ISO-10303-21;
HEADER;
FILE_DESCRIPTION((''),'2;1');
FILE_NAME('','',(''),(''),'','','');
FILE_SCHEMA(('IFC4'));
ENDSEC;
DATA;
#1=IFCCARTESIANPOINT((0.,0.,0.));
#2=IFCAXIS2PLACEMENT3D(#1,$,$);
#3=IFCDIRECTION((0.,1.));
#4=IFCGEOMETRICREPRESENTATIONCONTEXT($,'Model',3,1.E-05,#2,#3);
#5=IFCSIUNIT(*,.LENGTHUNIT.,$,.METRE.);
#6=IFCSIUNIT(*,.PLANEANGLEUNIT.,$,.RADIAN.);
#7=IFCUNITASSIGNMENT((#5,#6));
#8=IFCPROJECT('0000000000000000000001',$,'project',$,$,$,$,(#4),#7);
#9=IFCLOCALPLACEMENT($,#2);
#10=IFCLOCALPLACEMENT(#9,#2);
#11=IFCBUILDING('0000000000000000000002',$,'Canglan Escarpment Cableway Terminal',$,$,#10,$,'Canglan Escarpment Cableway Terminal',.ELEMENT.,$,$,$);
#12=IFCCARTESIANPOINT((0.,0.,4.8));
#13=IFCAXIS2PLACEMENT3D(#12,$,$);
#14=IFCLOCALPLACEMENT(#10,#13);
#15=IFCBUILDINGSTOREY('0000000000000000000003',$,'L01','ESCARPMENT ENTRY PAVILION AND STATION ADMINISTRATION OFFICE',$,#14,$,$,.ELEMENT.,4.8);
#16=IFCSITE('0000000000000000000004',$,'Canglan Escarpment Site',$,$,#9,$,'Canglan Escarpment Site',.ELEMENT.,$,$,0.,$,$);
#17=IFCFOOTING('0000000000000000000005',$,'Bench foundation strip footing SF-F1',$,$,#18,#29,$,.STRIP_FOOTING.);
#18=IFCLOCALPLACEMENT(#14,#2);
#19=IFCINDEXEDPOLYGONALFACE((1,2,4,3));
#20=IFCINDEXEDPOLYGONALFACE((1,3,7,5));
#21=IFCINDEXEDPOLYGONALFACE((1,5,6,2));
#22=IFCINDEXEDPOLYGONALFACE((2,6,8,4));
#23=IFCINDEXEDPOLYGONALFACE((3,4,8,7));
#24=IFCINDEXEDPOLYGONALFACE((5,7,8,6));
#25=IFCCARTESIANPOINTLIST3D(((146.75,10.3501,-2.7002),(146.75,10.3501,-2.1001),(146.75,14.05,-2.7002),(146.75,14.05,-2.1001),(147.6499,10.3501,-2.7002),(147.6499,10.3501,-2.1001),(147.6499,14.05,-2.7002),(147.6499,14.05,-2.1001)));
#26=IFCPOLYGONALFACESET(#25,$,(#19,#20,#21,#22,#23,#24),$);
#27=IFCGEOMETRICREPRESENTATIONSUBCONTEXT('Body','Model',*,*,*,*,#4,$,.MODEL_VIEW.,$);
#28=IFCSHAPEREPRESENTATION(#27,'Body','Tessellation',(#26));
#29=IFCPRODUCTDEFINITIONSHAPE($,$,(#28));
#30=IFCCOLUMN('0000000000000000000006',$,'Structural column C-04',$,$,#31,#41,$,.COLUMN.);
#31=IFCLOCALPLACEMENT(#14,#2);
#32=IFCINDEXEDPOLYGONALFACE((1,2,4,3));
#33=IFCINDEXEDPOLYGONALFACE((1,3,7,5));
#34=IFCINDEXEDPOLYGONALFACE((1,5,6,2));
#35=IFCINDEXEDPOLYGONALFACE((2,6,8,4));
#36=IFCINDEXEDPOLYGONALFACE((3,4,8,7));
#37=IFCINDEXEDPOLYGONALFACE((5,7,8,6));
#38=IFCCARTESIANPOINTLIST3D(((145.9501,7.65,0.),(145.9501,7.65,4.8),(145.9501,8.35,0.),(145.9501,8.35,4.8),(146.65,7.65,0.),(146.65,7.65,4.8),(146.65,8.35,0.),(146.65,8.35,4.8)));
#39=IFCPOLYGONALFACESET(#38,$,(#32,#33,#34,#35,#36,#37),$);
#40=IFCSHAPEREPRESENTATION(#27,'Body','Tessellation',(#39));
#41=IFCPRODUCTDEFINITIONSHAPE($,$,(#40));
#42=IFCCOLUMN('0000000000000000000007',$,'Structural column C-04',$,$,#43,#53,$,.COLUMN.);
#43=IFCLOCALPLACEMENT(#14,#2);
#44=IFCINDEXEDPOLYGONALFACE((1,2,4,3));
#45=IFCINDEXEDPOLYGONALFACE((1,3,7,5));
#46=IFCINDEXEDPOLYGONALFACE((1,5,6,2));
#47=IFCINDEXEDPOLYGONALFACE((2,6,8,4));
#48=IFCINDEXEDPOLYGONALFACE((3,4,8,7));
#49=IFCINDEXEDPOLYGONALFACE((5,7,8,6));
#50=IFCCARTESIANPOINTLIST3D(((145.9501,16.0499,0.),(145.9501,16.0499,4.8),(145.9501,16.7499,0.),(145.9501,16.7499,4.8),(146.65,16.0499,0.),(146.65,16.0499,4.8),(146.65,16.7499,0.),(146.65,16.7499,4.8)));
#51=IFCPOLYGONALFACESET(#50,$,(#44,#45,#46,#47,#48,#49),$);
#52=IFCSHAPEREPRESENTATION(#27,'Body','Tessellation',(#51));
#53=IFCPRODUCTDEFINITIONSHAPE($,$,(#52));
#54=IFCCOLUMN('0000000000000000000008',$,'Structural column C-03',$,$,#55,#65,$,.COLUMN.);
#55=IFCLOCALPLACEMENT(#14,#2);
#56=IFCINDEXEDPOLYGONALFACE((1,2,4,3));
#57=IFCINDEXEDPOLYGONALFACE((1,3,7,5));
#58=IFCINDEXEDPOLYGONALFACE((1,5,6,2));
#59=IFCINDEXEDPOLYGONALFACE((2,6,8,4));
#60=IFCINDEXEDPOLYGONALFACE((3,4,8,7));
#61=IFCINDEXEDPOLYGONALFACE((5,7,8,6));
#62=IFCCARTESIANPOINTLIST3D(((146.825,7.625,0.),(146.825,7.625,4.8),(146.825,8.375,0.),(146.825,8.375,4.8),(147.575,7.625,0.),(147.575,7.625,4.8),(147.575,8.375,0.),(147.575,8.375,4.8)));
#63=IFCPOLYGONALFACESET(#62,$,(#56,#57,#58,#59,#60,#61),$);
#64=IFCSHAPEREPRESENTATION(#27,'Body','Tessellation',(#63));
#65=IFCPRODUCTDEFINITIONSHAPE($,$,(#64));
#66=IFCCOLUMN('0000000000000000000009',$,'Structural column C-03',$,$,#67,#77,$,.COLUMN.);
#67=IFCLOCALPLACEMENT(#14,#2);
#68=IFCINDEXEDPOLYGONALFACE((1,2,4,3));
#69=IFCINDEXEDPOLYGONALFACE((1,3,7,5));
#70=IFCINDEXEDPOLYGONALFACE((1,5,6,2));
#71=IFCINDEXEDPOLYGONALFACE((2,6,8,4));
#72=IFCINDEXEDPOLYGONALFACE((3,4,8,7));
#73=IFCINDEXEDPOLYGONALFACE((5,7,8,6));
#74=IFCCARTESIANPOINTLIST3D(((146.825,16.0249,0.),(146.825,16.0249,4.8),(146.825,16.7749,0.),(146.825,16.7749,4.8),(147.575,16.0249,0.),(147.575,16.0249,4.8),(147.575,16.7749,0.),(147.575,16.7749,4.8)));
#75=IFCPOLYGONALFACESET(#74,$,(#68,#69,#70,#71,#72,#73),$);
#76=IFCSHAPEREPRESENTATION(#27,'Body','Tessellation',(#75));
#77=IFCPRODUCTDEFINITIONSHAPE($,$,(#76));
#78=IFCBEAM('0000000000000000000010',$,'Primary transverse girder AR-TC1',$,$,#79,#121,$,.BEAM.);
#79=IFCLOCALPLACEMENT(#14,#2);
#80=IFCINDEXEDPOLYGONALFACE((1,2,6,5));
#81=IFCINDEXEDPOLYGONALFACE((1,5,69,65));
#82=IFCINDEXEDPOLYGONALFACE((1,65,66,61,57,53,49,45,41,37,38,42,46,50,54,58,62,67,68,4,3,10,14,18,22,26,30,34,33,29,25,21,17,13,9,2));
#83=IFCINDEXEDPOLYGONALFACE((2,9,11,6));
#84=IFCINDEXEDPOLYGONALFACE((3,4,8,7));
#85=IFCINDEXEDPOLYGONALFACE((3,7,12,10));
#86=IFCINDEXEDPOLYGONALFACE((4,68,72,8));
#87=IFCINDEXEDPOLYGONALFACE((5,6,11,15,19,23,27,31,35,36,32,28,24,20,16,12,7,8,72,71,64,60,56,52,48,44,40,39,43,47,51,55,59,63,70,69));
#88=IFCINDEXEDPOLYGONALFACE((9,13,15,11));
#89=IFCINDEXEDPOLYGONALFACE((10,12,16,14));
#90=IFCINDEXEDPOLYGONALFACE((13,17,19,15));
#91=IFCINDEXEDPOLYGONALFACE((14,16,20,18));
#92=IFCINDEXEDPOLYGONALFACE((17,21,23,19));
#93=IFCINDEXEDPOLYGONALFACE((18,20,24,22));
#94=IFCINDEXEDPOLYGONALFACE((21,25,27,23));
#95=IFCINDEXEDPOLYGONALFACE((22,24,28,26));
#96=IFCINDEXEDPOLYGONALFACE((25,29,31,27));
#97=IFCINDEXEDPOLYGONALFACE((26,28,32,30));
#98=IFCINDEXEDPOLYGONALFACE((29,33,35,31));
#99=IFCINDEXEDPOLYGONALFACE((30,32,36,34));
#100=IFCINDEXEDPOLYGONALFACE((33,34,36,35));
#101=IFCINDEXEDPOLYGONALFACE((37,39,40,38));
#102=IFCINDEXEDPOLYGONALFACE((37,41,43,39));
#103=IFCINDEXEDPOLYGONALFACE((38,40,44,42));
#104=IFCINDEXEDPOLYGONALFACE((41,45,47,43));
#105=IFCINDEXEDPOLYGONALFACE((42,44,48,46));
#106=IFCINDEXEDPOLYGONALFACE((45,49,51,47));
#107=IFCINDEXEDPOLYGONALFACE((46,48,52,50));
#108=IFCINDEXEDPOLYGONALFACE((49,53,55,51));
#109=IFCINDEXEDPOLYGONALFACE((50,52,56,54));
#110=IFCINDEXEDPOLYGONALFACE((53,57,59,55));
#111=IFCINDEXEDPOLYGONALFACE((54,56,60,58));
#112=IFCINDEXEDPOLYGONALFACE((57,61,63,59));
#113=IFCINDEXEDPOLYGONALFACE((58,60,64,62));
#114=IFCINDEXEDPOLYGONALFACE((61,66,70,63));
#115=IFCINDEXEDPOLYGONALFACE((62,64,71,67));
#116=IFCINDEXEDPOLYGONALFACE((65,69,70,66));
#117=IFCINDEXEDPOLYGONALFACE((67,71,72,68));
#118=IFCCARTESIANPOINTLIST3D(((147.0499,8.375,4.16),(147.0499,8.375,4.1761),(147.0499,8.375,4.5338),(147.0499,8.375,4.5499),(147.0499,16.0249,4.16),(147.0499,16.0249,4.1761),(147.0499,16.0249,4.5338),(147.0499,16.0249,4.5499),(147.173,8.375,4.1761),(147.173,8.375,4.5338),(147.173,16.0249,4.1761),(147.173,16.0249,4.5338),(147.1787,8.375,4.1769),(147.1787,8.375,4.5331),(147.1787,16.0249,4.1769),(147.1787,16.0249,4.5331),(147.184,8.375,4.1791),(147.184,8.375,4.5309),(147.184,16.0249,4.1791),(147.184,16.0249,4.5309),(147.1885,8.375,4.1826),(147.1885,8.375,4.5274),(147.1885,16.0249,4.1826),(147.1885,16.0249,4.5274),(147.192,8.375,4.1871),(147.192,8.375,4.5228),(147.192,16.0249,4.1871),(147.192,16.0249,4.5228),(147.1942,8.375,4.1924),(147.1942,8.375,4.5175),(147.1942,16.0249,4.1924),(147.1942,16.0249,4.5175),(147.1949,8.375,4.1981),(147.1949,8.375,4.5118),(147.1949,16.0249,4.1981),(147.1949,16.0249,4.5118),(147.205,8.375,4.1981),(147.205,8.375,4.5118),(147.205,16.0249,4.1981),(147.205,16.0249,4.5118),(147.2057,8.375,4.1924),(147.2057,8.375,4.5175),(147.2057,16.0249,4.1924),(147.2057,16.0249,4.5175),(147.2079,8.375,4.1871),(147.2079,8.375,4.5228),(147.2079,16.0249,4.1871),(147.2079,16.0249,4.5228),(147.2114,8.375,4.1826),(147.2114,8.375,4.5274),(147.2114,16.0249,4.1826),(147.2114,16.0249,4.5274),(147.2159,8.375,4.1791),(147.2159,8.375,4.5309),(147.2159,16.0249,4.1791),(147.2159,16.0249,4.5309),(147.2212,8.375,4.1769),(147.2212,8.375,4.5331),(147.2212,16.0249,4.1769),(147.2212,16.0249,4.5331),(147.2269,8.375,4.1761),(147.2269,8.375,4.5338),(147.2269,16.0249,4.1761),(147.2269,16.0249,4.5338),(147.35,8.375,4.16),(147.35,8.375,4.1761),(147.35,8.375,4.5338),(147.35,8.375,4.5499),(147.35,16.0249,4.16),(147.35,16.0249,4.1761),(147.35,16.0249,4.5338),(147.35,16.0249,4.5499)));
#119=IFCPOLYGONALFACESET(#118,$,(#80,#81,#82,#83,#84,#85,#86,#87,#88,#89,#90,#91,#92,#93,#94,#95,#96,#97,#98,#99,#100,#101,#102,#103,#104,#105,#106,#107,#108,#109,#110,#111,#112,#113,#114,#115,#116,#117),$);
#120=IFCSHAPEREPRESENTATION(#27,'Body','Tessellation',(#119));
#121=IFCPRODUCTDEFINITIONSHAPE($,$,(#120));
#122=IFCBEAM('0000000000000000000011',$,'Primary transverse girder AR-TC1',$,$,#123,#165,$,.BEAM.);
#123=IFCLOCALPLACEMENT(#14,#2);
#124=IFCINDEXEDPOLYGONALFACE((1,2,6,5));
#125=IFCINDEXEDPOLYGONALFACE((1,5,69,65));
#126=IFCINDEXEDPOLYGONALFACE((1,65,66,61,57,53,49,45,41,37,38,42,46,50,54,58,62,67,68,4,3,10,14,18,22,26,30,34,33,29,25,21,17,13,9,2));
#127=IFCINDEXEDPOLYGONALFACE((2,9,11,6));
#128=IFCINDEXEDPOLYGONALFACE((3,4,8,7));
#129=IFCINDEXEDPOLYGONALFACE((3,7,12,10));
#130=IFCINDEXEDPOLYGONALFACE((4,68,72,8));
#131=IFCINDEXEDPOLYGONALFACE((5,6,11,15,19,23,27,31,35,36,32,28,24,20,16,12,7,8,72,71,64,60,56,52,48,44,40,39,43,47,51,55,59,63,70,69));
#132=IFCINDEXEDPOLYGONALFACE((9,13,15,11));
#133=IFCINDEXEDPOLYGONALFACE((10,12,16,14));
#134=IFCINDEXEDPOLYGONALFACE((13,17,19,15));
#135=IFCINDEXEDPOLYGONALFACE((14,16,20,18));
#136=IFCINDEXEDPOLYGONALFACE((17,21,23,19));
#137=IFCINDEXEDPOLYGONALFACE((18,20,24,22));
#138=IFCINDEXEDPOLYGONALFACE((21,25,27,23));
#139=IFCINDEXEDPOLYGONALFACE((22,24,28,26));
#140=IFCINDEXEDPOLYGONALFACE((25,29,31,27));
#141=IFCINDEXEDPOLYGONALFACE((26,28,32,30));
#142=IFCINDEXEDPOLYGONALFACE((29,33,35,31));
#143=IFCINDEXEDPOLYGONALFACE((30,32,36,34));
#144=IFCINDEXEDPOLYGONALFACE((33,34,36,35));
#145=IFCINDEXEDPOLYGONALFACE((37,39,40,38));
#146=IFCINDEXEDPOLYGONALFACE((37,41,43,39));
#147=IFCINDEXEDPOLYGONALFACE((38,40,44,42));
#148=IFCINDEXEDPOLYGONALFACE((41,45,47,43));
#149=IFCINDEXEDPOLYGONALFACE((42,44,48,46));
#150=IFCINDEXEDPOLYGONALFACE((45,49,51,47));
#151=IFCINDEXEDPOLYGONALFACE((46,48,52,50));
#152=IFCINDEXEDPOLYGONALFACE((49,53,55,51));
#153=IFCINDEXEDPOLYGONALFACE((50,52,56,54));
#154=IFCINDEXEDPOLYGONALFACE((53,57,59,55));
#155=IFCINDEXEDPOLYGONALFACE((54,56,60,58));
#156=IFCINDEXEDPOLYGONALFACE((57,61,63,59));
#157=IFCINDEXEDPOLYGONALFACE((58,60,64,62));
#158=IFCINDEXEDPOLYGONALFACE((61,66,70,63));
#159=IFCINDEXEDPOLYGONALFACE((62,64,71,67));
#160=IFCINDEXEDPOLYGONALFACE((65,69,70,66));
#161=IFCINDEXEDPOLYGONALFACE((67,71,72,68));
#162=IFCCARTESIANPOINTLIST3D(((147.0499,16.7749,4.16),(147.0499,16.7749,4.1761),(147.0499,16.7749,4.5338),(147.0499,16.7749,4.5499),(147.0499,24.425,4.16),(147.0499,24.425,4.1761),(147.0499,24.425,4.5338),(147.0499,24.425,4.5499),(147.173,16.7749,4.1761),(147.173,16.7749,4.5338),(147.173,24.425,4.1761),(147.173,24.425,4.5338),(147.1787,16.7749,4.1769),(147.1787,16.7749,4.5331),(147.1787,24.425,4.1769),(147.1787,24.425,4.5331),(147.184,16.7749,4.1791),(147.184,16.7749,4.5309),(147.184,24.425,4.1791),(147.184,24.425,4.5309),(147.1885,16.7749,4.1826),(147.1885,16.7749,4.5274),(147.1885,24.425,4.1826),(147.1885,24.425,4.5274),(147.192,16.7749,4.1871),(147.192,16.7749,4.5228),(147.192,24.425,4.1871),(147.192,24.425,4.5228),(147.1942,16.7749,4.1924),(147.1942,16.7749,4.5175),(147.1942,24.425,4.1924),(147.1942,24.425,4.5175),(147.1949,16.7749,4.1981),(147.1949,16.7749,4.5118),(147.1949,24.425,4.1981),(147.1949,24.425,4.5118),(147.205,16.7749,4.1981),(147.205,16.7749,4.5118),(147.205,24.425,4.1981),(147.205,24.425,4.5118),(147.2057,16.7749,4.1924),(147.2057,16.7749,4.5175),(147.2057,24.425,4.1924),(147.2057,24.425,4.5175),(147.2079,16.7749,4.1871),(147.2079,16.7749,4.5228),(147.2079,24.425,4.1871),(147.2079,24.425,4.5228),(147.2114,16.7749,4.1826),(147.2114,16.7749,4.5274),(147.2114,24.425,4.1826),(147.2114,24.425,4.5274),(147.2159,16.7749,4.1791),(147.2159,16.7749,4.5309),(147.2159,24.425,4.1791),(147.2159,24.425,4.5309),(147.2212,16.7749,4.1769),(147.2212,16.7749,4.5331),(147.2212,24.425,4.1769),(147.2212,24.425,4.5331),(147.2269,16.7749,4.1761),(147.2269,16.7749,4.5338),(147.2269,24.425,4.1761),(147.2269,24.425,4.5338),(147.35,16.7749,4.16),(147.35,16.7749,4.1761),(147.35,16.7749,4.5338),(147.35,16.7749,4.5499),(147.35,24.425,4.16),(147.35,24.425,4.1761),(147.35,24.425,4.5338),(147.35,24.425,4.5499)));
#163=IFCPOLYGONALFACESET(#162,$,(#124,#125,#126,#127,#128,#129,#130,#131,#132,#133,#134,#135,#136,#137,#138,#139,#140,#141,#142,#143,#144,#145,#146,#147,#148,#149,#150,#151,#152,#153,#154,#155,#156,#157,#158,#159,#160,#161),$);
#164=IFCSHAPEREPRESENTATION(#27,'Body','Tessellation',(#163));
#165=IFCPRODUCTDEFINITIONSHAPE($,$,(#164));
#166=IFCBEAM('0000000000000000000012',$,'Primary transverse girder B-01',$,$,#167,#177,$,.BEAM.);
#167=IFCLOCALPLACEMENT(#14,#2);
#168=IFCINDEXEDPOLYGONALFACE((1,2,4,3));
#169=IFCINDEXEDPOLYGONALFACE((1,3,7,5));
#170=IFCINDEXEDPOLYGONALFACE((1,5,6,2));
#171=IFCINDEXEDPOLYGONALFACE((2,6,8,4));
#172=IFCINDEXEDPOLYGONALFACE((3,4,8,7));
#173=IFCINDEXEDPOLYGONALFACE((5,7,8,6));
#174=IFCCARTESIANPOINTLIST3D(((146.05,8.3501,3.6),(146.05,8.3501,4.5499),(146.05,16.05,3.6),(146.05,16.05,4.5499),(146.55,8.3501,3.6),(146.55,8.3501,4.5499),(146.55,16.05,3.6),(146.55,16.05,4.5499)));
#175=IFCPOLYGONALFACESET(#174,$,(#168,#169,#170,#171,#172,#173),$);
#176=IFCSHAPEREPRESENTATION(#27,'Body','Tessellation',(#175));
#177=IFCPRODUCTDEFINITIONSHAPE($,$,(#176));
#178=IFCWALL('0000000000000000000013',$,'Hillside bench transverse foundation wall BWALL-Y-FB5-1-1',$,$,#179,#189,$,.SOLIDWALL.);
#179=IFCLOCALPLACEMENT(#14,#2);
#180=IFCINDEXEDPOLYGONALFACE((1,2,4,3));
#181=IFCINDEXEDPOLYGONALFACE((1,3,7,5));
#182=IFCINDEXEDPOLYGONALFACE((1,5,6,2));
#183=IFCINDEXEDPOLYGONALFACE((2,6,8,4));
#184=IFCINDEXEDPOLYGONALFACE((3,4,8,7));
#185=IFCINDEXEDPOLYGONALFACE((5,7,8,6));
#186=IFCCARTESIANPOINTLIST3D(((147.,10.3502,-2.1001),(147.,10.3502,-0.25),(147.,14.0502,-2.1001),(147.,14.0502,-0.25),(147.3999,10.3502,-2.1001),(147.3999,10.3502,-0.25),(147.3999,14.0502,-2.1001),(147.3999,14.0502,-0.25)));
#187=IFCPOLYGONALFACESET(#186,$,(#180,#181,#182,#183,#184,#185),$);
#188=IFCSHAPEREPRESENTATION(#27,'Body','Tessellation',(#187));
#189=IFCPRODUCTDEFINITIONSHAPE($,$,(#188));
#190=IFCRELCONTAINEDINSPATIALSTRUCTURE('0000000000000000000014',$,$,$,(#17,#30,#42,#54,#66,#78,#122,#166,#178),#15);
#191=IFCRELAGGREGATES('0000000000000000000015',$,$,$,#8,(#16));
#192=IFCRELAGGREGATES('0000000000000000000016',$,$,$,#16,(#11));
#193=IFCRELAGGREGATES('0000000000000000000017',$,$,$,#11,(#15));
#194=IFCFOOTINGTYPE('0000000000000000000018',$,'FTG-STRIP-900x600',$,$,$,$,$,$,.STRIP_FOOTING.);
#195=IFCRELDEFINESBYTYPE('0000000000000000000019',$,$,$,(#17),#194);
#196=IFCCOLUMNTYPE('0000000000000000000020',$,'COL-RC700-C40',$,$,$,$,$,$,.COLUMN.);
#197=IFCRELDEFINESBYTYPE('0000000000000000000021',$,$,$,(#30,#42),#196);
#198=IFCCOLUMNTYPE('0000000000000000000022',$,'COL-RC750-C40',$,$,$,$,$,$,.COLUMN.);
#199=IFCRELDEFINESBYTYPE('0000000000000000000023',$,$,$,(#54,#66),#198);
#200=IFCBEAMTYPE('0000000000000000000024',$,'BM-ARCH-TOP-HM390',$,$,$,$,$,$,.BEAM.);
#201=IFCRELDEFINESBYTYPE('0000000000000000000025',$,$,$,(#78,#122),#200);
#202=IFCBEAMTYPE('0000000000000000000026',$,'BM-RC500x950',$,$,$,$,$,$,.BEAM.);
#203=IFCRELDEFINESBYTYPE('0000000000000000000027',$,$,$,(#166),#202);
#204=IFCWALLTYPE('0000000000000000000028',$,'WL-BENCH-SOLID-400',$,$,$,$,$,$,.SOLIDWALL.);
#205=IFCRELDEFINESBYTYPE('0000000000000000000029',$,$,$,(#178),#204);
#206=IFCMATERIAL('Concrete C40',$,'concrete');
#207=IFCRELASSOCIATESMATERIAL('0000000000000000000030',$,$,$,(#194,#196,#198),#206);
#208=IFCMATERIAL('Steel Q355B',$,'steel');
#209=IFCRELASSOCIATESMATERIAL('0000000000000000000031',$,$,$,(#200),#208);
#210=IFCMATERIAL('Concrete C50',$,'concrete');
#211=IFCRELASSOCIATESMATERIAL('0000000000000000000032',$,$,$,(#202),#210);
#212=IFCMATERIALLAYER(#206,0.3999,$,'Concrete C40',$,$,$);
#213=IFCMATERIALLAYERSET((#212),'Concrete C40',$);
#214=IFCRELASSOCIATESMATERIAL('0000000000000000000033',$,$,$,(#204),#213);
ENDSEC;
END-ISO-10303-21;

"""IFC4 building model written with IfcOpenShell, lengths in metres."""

from ifc_helpers import new_model, si_unit, direction, frame, frame_2d, origin, origin_2d, place, context, subcontext, project, spatial, rectangle, i_section, extrude, material, layer, layer_set, material_profile, profile_set, type_object, element, save


model = new_model("IFC4")

# Units and contexts
model_context = context("Model", 3, precision=1e-05, world=origin(), true_north=direction((0.0, 1.0)))
body_context = subcontext(model_context, "Body", "Model", "MODEL_VIEW")
ifc_project = project(units=[si_unit("LENGTHUNIT", "METRE"), si_unit("PLANEANGLEUNIT", "RADIAN")], contexts=[model_context])

# Site, building, storey
site_placement = place(None, origin())
site = spatial("IfcSite", under=ifc_project, at=site_placement, Name="Canglan Escarpment Site", LongName="Canglan Escarpment Site", CompositionType="ELEMENT", RefElevation=0.0)
building_placement = place(site_placement, origin())
building = spatial("IfcBuilding", under=site, at=building_placement, Name="Canglan Escarpment Cableway Terminal", LongName="Canglan Escarpment Cableway Terminal", CompositionType="ELEMENT")
storey_placement = place(building_placement, frame((0.0, 0.0, 4.8)))
storey = spatial("IfcBuildingStorey", under=building, at=storey_placement, Name="L01", Description="ESCARPMENT ENTRY PAVILION AND STATION ADMINISTRATION OFFICE", CompositionType="ELEMENT", Elevation=4.8)

# Footing
ifc_material_1 = material(Name="Concrete C40", Category="concrete")
ifc_material_profile_1 = material_profile(ifc_material_1, rectangle(XDim=0.8999, YDim=0.6001, at=origin_2d()), Name="SF 900x600")
ifc_profile_set_1 = profile_set([ifc_material_profile_1], Name="Concrete C40")
footing_type = type_object("IfcFootingType", Name="FTG-STRIP-900x600", PredefinedType="STRIP_FOOTING", material=ifc_profile_set_1)
footing_placement = place(storey_placement, frame((147.2, 10.3501, -2.4001), z_axis=(0.0, 1.0, 0.0), x_axis=(-1.0, 0.0, 0.0)))
element("IfcFooting", 1, at=footing_placement, inside=storey, type_object=footing_type, Name="Bench foundation strip footing SF-F1", PredefinedType="STRIP_FOOTING", context=body_context, shape_type="SweptSolid", body=[
    extrude(rectangle(XDim=0.8999, YDim=0.6001, at=origin_2d()), origin(), (0.0, 0.0, 1.0), 3.7),
])

# Columns
ifc_material_profile_2 = material_profile(ifc_material_1, rectangle(XDim=0.7, YDim=0.7, at=origin_2d()), Name="RC 700x700")
ifc_profile_set_2 = profile_set([ifc_material_profile_2], Name="Concrete C40")
column_type_1 = type_object("IfcColumnType", Name="COL-RC700-C40", PredefinedType="COLUMN", material=ifc_profile_set_2)
for number, where, z_axis, x_axis, name in (
    (2, (146.3, 8.0, 0.0), (0.0, 0.0, 1.0), (1.0, 0.0, 0.0), "Structural column C-04"),
    (3, (146.3, 16.3999, 0.0), (0.0, 0.0, 1.0), (1.0, 0.0, 0.0), "Structural column C-04"),
):
    element("IfcColumn", number, at=place(storey_placement, frame(where, z_axis=z_axis, x_axis=x_axis)), inside=storey, type_object=column_type_1, Name=name, PredefinedType="COLUMN", context=body_context, shape_type="SweptSolid", body=[
        extrude(rectangle(XDim=0.7, YDim=0.7, at=origin_2d()), origin(), (0.0, 0.0, 1.0), 4.8),
    ])
ifc_material_profile_3 = material_profile(ifc_material_1, rectangle(XDim=0.75, YDim=0.75, at=origin_2d()), Name="RC 750x750")
ifc_profile_set_3 = profile_set([ifc_material_profile_3], Name="Concrete C40")
column_type_2 = type_object("IfcColumnType", Name="COL-RC750-C40", PredefinedType="COLUMN", material=ifc_profile_set_3)
for number, where, z_axis, x_axis, name in (
    (4, (147.2, 8.0, 0.0), (0.0, 0.0, 1.0), (1.0, 0.0, 0.0), "Structural column C-03"),
    (5, (147.2, 16.3999, 0.0), (0.0, 0.0, 1.0), (1.0, 0.0, 0.0), "Structural column C-03"),
):
    element("IfcColumn", number, at=place(storey_placement, frame(where, z_axis=z_axis, x_axis=x_axis)), inside=storey, type_object=column_type_2, Name=name, PredefinedType="COLUMN", context=body_context, shape_type="SweptSolid", body=[
        extrude(rectangle(XDim=0.75, YDim=0.75, at=origin_2d()), origin(), (0.0, 0.0, 1.0), 4.8),
    ])

# Beams
ifc_material_2 = material(Name="Steel Q355B", Category="steel")
ifc_material_profile_4 = material_profile(ifc_material_2, i_section(OverallWidth=0.3, OverallDepth=0.3899, WebThickness=0.01, FlangeThickness=0.0161, FilletRadius=0.022, at=origin_2d()), Name="HM 390x300x10x16")
ifc_profile_set_4 = profile_set([ifc_material_profile_4], Name="Steel Q355B")
beam_type_1 = type_object("IfcBeamType", Name="BM-ARCH-TOP-HM390", PredefinedType="BEAM", material=ifc_profile_set_4)
beam_1_placement = place(storey_placement, frame((147.2, 8.375, 4.355), z_axis=(0.0, 1.0, 0.0), x_axis=(-1.0, 0.0, 0.0)))
element("IfcBeam", 6, at=beam_1_placement, inside=storey, type_object=beam_type_1, Name="Primary transverse girder AR-TC1", PredefinedType="BEAM", context=body_context, shape_type="SweptSolid", body=[
    extrude(i_section(OverallWidth=0.3, OverallDepth=0.3899, WebThickness=0.01, FlangeThickness=0.0161, FilletRadius=0.022, at=origin_2d()), origin(), (0.0, 0.0, 1.0), 7.6499),
])
beam_2_placement = place(storey_placement, frame((147.2, 16.7749, 4.355), z_axis=(0.0, 1.0, 0.0), x_axis=(-1.0, 0.0, 0.0)))
element("IfcBeam", 7, at=beam_2_placement, inside=storey, type_object=beam_type_1, Name="Primary transverse girder AR-TC1", PredefinedType="BEAM", context=body_context, shape_type="SweptSolid", body=[
    extrude(i_section(OverallWidth=0.3, OverallDepth=0.3899, WebThickness=0.01, FlangeThickness=0.0161, FilletRadius=0.022, at=origin_2d()), origin(), (0.0, 0.0, 1.0), 7.6501),
])
ifc_material_3 = material(Name="Concrete C50", Category="concrete")
ifc_material_profile_5 = material_profile(ifc_material_3, rectangle(XDim=0.5, YDim=0.95, at=origin_2d()), Name="RC 500x950")
ifc_profile_set_5 = profile_set([ifc_material_profile_5], Name="Concrete C50")
beam_type_2 = type_object("IfcBeamType", Name="BM-RC500x950", PredefinedType="BEAM", material=ifc_profile_set_5)
beam_3_placement = place(storey_placement, frame((146.3, 8.3501, 4.075), z_axis=(0.0, 1.0, 0.0), x_axis=(-1.0, 0.0, 0.0)))
element("IfcBeam", 8, at=beam_3_placement, inside=storey, type_object=beam_type_2, Name="Primary transverse girder B-01", PredefinedType="BEAM", context=body_context, shape_type="SweptSolid", body=[
    extrude(rectangle(XDim=0.5, YDim=0.95, at=origin_2d()), origin(), (0.0, 0.0, 1.0), 7.7),
])

# Wall
ifc_layer_1 = layer(ifc_material_1, 0.3999, Name="Concrete C40")
ifc_layer_set_1 = layer_set([ifc_layer_1], Name="Concrete C40")
wall_type_1 = type_object("IfcWallType", Name="WL-BENCH-SOLID-400", PredefinedType="SOLIDWALL", material=ifc_layer_set_1)
wall_1_placement = place(storey_placement, frame((147.2, 10.3501, -2.1001), z_axis=(0.0, 0.0, 1.0), x_axis=(0.0, 1.0, 0.0)))
element("IfcWall", 9, at=wall_1_placement, inside=storey, type_object=wall_type_1, Name="Hillside bench transverse foundation wall BWALL-Y-FB5-1-1", PredefinedType="SOLIDWALL", context=body_context, shape_type="SweptSolid", body=[
    extrude(rectangle(XDim=3.7, YDim=0.3999, at=frame_2d((1.8501, 0.0))), origin(), (0.0, 0.0, 1.0), 1.8501),
])

save(model, "model.ifc")
